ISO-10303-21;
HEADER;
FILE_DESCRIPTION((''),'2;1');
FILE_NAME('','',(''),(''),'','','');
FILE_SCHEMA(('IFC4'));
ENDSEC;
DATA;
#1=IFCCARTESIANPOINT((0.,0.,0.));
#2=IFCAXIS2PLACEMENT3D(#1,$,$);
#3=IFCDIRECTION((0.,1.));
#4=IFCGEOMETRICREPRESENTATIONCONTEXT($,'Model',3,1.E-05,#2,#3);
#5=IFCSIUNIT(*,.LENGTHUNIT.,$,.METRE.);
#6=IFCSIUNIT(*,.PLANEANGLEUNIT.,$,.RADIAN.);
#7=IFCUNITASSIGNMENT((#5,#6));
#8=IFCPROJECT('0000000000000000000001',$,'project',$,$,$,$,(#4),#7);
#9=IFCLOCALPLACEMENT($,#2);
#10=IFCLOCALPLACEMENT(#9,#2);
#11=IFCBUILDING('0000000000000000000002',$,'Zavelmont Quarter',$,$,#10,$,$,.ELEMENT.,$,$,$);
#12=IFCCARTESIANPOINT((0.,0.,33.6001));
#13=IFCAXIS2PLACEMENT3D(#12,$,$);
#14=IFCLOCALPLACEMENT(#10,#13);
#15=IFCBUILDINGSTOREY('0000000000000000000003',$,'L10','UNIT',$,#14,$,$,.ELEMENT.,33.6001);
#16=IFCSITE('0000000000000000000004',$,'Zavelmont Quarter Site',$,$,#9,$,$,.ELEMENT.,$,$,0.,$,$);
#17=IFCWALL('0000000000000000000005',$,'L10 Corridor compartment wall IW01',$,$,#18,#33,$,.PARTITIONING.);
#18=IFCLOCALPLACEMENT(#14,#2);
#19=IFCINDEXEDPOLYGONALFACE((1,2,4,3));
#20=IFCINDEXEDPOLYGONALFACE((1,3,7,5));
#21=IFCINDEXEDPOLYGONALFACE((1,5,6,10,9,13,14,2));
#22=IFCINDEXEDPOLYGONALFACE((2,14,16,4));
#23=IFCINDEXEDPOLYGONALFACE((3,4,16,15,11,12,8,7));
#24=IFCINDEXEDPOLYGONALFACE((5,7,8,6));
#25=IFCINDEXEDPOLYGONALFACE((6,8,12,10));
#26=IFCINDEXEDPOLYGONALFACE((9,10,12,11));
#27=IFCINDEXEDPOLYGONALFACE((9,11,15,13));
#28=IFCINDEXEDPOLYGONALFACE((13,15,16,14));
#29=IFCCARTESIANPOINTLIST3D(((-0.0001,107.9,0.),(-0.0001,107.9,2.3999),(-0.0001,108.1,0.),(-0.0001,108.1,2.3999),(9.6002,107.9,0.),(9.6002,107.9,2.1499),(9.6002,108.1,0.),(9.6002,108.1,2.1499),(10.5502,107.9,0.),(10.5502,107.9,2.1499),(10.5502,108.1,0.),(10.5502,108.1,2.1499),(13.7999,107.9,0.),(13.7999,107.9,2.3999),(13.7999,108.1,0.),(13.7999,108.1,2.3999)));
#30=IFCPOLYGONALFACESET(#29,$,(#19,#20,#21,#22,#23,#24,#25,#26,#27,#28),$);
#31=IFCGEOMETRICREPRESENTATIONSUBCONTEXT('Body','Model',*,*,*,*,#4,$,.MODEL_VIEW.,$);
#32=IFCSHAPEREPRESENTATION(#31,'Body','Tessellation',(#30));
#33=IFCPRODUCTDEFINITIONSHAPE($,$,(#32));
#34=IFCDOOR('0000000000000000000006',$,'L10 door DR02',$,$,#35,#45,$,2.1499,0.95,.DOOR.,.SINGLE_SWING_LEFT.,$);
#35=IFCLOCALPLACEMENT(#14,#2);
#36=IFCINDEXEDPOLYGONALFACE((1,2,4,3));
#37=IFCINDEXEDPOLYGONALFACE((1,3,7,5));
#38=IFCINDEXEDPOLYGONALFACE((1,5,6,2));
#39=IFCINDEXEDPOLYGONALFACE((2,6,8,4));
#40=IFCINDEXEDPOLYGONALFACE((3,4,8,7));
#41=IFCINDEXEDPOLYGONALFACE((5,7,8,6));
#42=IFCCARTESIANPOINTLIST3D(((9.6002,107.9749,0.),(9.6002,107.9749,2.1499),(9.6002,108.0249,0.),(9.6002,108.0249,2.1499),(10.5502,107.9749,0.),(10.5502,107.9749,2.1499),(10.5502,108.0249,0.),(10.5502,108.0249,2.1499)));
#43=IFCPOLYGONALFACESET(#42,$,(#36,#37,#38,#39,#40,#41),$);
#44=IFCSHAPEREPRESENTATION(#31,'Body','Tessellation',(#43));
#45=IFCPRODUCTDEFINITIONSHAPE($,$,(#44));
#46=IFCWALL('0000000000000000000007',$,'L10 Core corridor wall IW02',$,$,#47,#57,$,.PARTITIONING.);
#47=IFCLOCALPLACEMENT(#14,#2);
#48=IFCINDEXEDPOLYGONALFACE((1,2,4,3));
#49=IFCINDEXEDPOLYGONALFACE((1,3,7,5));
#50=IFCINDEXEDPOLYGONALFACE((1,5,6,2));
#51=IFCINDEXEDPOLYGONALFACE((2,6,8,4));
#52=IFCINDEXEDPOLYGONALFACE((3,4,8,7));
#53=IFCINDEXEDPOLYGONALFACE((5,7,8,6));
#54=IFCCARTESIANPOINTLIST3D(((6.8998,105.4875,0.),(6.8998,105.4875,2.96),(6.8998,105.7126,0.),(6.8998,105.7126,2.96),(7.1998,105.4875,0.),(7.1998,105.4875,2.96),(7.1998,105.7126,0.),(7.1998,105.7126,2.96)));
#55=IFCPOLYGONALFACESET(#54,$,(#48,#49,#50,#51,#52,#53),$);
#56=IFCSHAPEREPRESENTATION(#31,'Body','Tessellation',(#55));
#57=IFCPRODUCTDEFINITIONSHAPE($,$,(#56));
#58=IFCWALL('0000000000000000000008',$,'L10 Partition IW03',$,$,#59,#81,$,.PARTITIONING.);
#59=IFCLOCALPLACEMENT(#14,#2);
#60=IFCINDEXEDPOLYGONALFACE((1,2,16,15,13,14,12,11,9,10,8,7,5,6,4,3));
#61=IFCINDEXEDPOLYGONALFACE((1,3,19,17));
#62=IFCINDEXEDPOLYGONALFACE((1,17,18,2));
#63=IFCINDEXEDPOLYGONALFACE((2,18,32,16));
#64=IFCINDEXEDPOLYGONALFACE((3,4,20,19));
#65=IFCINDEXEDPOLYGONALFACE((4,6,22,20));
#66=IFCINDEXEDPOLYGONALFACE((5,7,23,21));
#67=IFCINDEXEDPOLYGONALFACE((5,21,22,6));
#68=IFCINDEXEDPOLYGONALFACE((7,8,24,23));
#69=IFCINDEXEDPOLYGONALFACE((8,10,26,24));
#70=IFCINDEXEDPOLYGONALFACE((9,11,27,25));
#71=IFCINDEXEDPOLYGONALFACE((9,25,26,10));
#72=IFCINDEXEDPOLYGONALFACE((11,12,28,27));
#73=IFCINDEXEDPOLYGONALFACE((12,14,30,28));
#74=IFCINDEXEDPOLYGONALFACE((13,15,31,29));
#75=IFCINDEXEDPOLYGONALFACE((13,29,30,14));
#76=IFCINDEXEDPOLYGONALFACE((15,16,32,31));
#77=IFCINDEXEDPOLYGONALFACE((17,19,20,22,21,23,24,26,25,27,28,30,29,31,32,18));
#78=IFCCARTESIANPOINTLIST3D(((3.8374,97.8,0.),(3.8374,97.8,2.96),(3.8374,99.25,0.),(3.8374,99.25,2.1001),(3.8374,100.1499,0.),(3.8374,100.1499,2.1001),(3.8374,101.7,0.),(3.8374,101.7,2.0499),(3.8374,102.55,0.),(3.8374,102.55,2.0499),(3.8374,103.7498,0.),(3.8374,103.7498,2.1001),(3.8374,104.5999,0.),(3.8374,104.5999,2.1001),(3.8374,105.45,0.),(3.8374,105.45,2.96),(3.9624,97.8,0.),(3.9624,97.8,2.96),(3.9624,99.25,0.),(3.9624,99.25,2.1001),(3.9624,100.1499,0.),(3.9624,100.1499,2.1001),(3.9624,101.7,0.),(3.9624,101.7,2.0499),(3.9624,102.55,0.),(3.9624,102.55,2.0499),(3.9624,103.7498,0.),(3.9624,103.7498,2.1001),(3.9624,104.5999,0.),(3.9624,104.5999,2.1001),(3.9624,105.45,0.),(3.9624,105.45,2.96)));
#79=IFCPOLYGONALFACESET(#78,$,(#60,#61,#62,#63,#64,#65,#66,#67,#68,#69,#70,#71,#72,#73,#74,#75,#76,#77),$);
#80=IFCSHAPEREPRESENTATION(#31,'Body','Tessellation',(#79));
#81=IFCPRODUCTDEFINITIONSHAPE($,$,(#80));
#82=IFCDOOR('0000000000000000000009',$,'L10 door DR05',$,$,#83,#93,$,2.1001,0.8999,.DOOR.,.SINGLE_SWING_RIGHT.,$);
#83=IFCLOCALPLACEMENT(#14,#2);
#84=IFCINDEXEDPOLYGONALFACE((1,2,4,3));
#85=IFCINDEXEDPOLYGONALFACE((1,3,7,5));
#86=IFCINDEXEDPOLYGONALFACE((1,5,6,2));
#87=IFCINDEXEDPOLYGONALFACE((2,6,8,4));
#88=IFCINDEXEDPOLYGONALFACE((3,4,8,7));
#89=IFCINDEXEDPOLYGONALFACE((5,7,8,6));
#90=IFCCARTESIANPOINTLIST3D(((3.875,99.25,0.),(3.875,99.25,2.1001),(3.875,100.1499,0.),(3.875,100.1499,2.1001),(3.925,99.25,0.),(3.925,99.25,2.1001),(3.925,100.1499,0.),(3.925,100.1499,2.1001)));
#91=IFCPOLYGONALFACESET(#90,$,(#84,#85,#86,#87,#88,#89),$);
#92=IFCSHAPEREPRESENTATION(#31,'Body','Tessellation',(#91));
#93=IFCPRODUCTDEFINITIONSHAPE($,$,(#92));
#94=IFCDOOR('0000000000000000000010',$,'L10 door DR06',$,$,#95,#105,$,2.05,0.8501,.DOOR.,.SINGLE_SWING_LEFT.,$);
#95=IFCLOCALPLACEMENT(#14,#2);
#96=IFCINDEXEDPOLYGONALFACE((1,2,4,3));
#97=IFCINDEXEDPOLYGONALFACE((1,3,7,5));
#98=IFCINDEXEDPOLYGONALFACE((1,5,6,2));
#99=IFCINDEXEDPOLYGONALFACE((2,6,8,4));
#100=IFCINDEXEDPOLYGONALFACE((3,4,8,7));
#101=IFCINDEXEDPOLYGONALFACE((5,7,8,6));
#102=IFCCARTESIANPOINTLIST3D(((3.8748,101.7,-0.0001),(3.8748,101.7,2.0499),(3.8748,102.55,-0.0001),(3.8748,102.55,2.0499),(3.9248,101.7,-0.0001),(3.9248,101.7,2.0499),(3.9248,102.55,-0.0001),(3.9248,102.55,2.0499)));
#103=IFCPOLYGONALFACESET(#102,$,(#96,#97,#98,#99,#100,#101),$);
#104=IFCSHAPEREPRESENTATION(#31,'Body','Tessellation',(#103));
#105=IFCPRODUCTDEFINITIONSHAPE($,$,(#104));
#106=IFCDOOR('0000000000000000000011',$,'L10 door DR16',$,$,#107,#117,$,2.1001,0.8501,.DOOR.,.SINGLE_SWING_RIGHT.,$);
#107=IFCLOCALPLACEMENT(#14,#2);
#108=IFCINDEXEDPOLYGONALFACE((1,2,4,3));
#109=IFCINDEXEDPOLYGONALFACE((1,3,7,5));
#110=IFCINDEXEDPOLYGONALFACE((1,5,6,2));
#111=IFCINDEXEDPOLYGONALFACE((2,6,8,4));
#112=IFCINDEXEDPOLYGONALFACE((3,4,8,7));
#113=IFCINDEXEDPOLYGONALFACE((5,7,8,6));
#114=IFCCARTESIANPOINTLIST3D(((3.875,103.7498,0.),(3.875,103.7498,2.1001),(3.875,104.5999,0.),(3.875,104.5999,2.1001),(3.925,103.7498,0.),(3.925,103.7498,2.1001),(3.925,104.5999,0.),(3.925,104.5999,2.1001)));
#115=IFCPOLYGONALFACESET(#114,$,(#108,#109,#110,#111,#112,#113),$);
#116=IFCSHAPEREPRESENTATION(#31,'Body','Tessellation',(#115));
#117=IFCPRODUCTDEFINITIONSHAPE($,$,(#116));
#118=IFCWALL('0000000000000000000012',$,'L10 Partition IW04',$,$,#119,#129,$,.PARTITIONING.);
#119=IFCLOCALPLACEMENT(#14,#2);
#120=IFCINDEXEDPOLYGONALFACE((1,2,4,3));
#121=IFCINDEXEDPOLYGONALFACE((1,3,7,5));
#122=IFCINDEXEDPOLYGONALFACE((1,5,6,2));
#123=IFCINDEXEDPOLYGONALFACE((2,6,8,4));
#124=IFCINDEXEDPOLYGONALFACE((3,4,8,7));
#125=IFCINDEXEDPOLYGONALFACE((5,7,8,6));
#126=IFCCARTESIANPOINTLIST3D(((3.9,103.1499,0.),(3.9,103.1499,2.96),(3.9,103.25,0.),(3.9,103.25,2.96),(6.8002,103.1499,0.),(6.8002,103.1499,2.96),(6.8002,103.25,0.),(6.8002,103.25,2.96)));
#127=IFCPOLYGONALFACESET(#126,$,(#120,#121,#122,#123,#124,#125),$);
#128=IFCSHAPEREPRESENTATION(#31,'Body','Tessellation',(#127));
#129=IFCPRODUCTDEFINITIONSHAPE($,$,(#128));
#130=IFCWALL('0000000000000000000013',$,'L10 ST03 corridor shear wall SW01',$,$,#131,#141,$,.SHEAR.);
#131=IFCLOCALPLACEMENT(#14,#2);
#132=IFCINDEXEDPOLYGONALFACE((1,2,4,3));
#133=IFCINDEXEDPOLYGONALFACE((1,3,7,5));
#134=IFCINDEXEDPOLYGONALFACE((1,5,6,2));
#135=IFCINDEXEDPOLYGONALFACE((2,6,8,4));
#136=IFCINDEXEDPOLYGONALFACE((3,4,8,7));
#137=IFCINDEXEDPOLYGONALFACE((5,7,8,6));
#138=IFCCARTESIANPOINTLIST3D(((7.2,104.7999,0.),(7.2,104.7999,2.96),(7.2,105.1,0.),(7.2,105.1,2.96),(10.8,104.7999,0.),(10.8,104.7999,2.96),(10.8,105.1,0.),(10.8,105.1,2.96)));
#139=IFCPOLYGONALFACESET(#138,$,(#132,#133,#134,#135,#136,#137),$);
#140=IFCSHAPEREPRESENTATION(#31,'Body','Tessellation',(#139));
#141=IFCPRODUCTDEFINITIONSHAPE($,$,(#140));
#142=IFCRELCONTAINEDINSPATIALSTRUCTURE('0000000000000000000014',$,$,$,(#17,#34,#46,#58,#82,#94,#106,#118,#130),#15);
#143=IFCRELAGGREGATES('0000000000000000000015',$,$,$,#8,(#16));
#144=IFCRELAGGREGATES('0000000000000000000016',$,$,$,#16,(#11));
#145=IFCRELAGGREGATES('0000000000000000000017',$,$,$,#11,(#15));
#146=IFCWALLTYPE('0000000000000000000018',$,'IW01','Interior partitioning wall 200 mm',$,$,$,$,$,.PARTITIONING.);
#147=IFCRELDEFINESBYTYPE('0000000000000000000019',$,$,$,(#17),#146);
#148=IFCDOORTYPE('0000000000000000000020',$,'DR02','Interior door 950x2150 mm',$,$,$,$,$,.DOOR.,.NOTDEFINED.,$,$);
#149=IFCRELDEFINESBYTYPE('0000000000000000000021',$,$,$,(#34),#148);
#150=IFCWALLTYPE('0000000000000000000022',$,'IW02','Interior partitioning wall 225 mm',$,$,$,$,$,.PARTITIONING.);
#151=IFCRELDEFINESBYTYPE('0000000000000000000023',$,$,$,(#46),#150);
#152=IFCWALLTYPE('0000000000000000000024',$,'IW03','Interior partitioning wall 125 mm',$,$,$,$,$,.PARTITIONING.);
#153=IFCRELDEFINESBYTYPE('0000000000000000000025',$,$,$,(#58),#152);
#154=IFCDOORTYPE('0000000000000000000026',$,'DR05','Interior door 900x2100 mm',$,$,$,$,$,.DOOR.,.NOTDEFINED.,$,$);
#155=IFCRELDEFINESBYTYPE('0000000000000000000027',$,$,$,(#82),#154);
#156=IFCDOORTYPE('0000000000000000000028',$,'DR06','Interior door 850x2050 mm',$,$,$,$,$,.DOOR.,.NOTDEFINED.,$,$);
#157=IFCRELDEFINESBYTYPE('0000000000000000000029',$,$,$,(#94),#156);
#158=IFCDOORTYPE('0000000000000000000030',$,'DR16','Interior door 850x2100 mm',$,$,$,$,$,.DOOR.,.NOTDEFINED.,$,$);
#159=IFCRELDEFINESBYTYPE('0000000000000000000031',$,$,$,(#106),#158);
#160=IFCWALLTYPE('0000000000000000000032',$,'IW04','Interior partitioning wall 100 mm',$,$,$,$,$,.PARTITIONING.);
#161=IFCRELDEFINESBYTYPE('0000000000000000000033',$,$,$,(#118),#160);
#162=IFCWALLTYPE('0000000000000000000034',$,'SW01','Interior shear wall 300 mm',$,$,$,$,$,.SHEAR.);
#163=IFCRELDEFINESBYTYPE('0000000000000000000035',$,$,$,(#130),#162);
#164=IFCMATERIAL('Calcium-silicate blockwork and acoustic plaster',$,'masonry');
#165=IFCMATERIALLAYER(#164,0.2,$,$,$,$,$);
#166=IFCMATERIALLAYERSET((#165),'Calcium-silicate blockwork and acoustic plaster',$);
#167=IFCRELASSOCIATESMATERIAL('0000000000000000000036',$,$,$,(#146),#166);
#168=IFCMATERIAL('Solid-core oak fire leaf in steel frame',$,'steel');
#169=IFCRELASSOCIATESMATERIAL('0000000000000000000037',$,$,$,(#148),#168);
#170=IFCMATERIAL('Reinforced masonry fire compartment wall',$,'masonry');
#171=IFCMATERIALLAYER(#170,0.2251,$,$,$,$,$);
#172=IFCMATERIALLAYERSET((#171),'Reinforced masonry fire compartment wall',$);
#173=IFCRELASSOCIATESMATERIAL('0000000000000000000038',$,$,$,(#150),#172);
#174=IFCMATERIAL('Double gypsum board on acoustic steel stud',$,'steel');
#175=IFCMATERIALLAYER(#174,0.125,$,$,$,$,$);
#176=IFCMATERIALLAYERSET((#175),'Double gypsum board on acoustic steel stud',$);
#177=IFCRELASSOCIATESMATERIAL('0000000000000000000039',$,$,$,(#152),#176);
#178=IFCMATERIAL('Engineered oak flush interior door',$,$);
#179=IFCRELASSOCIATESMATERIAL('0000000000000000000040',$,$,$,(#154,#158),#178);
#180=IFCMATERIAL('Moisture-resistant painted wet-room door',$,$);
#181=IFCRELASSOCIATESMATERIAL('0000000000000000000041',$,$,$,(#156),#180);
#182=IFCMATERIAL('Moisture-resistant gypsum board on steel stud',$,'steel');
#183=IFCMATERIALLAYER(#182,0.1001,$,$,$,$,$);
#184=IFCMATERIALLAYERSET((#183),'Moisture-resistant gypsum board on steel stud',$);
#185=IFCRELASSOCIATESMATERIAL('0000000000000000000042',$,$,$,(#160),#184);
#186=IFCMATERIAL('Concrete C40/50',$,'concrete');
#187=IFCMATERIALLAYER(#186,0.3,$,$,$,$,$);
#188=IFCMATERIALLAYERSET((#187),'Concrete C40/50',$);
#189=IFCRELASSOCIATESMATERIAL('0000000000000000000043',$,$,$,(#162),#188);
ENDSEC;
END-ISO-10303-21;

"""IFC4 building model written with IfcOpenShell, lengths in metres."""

from ifc_helpers import new_model, si_unit, direction, frame, frame_2d, origin, origin_with_axes, place, context, subcontext, project, spatial, rectangle, extrude, material, layer, layer_set, type_object, element, fill, save


model = new_model("IFC4")

# Units and contexts
model_context = context("Model", 3, precision=1e-05, world=origin(), true_north=direction((0.0, 1.0)))
body_context = subcontext(model_context, "Body", "Model", "MODEL_VIEW")
ifc_project = project(units=[si_unit("LENGTHUNIT", "METRE"), si_unit("PLANEANGLEUNIT", "RADIAN")], contexts=[model_context])

# Site, building, storey
site_placement = place(None, origin())
site = spatial("IfcSite", under=ifc_project, at=site_placement, Name="Zavelmont Quarter Site", CompositionType="ELEMENT", RefElevation=0.0)
building_placement = place(site_placement, origin())
building = spatial("IfcBuilding", under=site, at=building_placement, Name="Zavelmont Quarter", CompositionType="ELEMENT")
storey_placement = place(building_placement, frame((0.0, 0.0, 33.6001)))
storey = spatial("IfcBuildingStorey", under=building, at=storey_placement, Name="L10", Description="UNIT", CompositionType="ELEMENT", Elevation=33.6001)

# Shared definitions
ifc_material_1 = material(Name="Concrete C40/50", Category="concrete")

# Wall, opening, door
ifc_material_2 = material(Name="Calcium-silicate blockwork and acoustic plaster", Category="masonry")
ifc_layer_1 = layer(ifc_material_2, 0.2)
ifc_layer_set_1 = layer_set([ifc_layer_1], Name="Calcium-silicate blockwork and acoustic plaster")
wall_type_1 = type_object("IfcWallType", Name="IW01", Description="Interior partitioning wall 200 mm", PredefinedType="PARTITIONING", material=ifc_layer_set_1)
wall_1_placement = place(storey_placement, frame((0.0, 108.0, 0.0), z_axis=(0.0, 0.0, 1.0), x_axis=(1.0, 0.0, 0.0)))
wall_1 = element("IfcWall", 1, at=wall_1_placement, inside=storey, type_object=wall_type_1, Name="L10 Corridor compartment wall IW01", PredefinedType="PARTITIONING", context=body_context, shape_type="SweptSolid", body=[
    extrude(rectangle(XDim=13.8, YDim=0.2, at=frame_2d((6.8999, 0.0))), origin(), (0.0, 0.0, 1.0), 2.3999),
])
opening_1_placement = place(wall_1_placement, frame((9.6001, 0.0, 0.0)))
opening_1 = element("IfcOpeningElement", 2, at=opening_1_placement, cuts=wall_1, PredefinedType="OPENING", context=body_context, shape_type="SweptSolid", body=[
    extrude(rectangle(XDim=0.95, YDim=2.1499, at=frame_2d((0.4751, 1.075))), frame((0.0, 0.1118, 0.0), z_axis=(0.0, -1.0, 0.0), x_axis=(1.0, 0.0, 0.0)), (0.0, 0.0, 1.0), 0.2239),
])
ifc_material_3 = material(Name="Solid-core oak fire leaf in steel frame", Category="steel")
door_type_1 = type_object("IfcDoorType", Name="DR02", Description="Interior door 950x2150 mm", OperationType="NOTDEFINED", PredefinedType="DOOR", material=ifc_material_3)
door_1_placement = place(opening_1_placement, origin_with_axes())
door_1 = element("IfcDoor", 3, at=door_1_placement, inside=storey, type_object=door_type_1, Name="L10 door DR02", OperationType="SINGLE_SWING_LEFT", OverallHeight=2.1499, OverallWidth=0.95, PredefinedType="DOOR", context=body_context, shape_type="SweptSolid", body=[
    extrude(rectangle(XDim=0.95, YDim=2.1499, at=frame_2d((0.4751, 1.075))), frame((0.0, 0.0249, 0.0), z_axis=(0.0, -1.0, 0.0), x_axis=(1.0, 0.0, 0.0)), (0.0, 0.0, 1.0), 0.05),
])
fill(opening_1, door_1)

# Wall
ifc_material_4 = material(Name="Reinforced masonry fire compartment wall", Category="masonry")
ifc_layer_2 = layer(ifc_material_4, 0.2251)
ifc_layer_set_2 = layer_set([ifc_layer_2], Name="Reinforced masonry fire compartment wall")
wall_type_2 = type_object("IfcWallType", Name="IW02", Description="Interior partitioning wall 225 mm", PredefinedType="PARTITIONING", material=ifc_layer_set_2)
wall_2_placement = place(storey_placement, frame((6.8999, 105.6001, 0.0), z_axis=(0.0, 0.0, 1.0), x_axis=(1.0, 0.0, 0.0)))
element("IfcWall", 4, at=wall_2_placement, inside=storey, type_object=wall_type_2, Name="L10 Core corridor wall IW02", PredefinedType="PARTITIONING", context=body_context, shape_type="SweptSolid", body=[
    extrude(rectangle(XDim=0.3, YDim=0.2251, at=frame_2d((0.1499, 0.0))), origin(), (0.0, 0.0, 1.0), 2.96),
])

# Wall, openings, doors
ifc_material_5 = material(Name="Double gypsum board on acoustic steel stud", Category="steel")
ifc_layer_3 = layer(ifc_material_5, 0.125)
ifc_layer_set_3 = layer_set([ifc_layer_3], Name="Double gypsum board on acoustic steel stud")
wall_type_3 = type_object("IfcWallType", Name="IW03", Description="Interior partitioning wall 125 mm", PredefinedType="PARTITIONING", material=ifc_layer_set_3)
wall_3_placement = place(storey_placement, frame((3.8999, 105.45, 0.0), z_axis=(0.0, 0.0, 1.0), x_axis=(0.0, -1.0, 0.0)))
wall_3 = element("IfcWall", 5, at=wall_3_placement, inside=storey, type_object=wall_type_3, Name="L10 Partition IW03", PredefinedType="PARTITIONING", context=body_context, shape_type="SweptSolid", body=[
    extrude(rectangle(XDim=7.6499, YDim=0.125, at=frame_2d((3.825, 0.0))), origin(), (0.0, 0.0, 1.0), 2.96),
])
opening_2_placement = place(wall_3_placement, frame((0.8501, 0.0, 0.0)))
opening_2 = element("IfcOpeningElement", 6, at=opening_2_placement, cuts=wall_3, PredefinedType="OPENING", context=body_context, shape_type="SweptSolid", body=[
    extrude(rectangle(XDim=0.8501, YDim=2.1001, at=frame_2d((0.425, 1.05))), frame((0.0, 0.0745, 0.0), z_axis=(0.0, -1.0, 0.0), x_axis=(1.0, 0.0, 0.0)), (0.0, 0.0, 1.0), 0.1489),
])
opening_3_placement = place(wall_3_placement, frame((2.8999, 0.0, 0.0)))
opening_3 = element("IfcOpeningElement", 7, at=opening_3_placement, cuts=wall_3, PredefinedType="OPENING", context=body_context, shape_type="SweptSolid", body=[
    extrude(rectangle(XDim=0.8501, YDim=2.05, at=frame_2d((0.425, 1.0249))), frame((0.0, 0.0745, 0.0), z_axis=(0.0, -1.0, 0.0), x_axis=(1.0, 0.0, 0.0)), (0.0, 0.0, 1.0), 0.1489),
])
opening_4_placement = place(wall_3_placement, frame((5.3, 0.0, 0.0)))
opening_4 = element("IfcOpeningElement", 8, at=opening_4_placement, cuts=wall_3, PredefinedType="OPENING", context=body_context, shape_type="SweptSolid", body=[
    extrude(rectangle(XDim=0.8999, YDim=2.1001, at=frame_2d((0.45, 1.05))), frame((0.0, 0.0745, 0.0), z_axis=(0.0, -1.0, 0.0), x_axis=(1.0, 0.0, 0.0)), (0.0, 0.0, 1.0), 0.1489),
])
ifc_material_6 = material(Name="Engineered oak flush interior door")
door_type_2 = type_object("IfcDoorType", Name="DR05", Description="Interior door 900x2100 mm", OperationType="NOTDEFINED", PredefinedType="DOOR", material=ifc_material_6)
door_2_placement = place(opening_4_placement, frame((0.8999, 0.0, 0.0), z_axis=(0.0, 0.0, 1.0), x_axis=(-1.0, 0.0, 0.0)))
door_2 = element("IfcDoor", 9, at=door_2_placement, inside=storey, type_object=door_type_2, Name="L10 door DR05", OperationType="SINGLE_SWING_RIGHT", OverallHeight=2.1001, OverallWidth=0.8999, PredefinedType="DOOR", context=body_context, shape_type="SweptSolid", body=[
    extrude(rectangle(XDim=0.8999, YDim=2.1001, at=frame_2d((0.45, 1.05))), frame((0.0, 0.0249, 0.0), z_axis=(0.0, -1.0, 0.0), x_axis=(1.0, 0.0, 0.0)), (0.0, 0.0, 1.0), 0.05),
])
fill(opening_4, door_2)
ifc_material_7 = material(Name="Moisture-resistant painted wet-room door")
door_type_3 = type_object("IfcDoorType", Name="DR06", Description="Interior door 850x2050 mm", OperationType="NOTDEFINED", PredefinedType="DOOR", material=ifc_material_7)
door_3_placement = place(opening_3_placement, origin_with_axes())
door_3 = element("IfcDoor", 10, at=door_3_placement, inside=storey, type_object=door_type_3, Name="L10 door DR06", OperationType="SINGLE_SWING_LEFT", OverallHeight=2.05, OverallWidth=0.8501, PredefinedType="DOOR", context=body_context, shape_type="SweptSolid", body=[
    extrude(rectangle(XDim=0.8501, YDim=2.05, at=frame_2d((0.425, 1.0249))), frame((0.0, 0.0249, 0.0), z_axis=(0.0, -1.0, 0.0), x_axis=(1.0, 0.0, 0.0)), (0.0, 0.0, 1.0), 0.05),
])
fill(opening_3, door_3)
door_type_4 = type_object("IfcDoorType", Name="DR16", Description="Interior door 850x2100 mm", OperationType="NOTDEFINED", PredefinedType="DOOR", material=ifc_material_6)
door_4_placement = place(opening_2_placement, frame((0.8501, 0.0, 0.0), z_axis=(0.0, 0.0, 1.0), x_axis=(-1.0, 0.0, 0.0)))
door_4 = element("IfcDoor", 11, at=door_4_placement, inside=storey, type_object=door_type_4, Name="L10 door DR16", OperationType="SINGLE_SWING_RIGHT", OverallHeight=2.1001, OverallWidth=0.8501, PredefinedType="DOOR", context=body_context, shape_type="SweptSolid", body=[
    extrude(rectangle(XDim=0.8501, YDim=2.1001, at=frame_2d((0.425, 1.05))), frame((0.0, 0.0249, 0.0), z_axis=(0.0, -1.0, 0.0), x_axis=(1.0, 0.0, 0.0)), (0.0, 0.0, 1.0), 0.05),
])
fill(opening_2, door_4)

# Walls
ifc_material_8 = material(Name="Moisture-resistant gypsum board on steel stud", Category="steel")
ifc_layer_4 = layer(ifc_material_8, 0.1001)
ifc_layer_set_4 = layer_set([ifc_layer_4], Name="Moisture-resistant gypsum board on steel stud")
wall_type_4 = type_object("IfcWallType", Name="IW04", Description="Interior partitioning wall 100 mm", PredefinedType="PARTITIONING", material=ifc_layer_set_4)
wall_4_placement = place(storey_placement, frame((3.8999, 103.2, 0.0), z_axis=(0.0, 0.0, 1.0), x_axis=(1.0, 0.0, 0.0)))
element("IfcWall", 12, at=wall_4_placement, inside=storey, type_object=wall_type_4, Name="L10 Partition IW04", PredefinedType="PARTITIONING", context=body_context, shape_type="SweptSolid", body=[
    extrude(rectangle(XDim=2.9001, YDim=0.1001, at=frame_2d((1.4502, 0.0))), origin(), (0.0, 0.0, 1.0), 2.96),
])
ifc_layer_5 = layer(ifc_material_1, 0.3)
ifc_layer_set_5 = layer_set([ifc_layer_5], Name="Concrete C40/50")
wall_type_5 = type_object("IfcWallType", Name="SW01", Description="Interior shear wall 300 mm", PredefinedType="SHEAR", material=ifc_layer_set_5)
wall_5_placement = place(storey_placement, frame((7.2, 104.95, 0.0), z_axis=(0.0, 0.0, 1.0), x_axis=(1.0, 0.0, 0.0)))
element("IfcWall", 13, at=wall_5_placement, inside=storey, type_object=wall_type_5, Name="L10 ST03 corridor shear wall SW01", PredefinedType="SHEAR", context=body_context, shape_type="SweptSolid", body=[
    extrude(rectangle(XDim=3.6001, YDim=0.3, at=frame_2d((1.8, 0.0))), origin(), (0.0, 0.0, 1.0), 2.96),
])

save(model, "model.ifc")
